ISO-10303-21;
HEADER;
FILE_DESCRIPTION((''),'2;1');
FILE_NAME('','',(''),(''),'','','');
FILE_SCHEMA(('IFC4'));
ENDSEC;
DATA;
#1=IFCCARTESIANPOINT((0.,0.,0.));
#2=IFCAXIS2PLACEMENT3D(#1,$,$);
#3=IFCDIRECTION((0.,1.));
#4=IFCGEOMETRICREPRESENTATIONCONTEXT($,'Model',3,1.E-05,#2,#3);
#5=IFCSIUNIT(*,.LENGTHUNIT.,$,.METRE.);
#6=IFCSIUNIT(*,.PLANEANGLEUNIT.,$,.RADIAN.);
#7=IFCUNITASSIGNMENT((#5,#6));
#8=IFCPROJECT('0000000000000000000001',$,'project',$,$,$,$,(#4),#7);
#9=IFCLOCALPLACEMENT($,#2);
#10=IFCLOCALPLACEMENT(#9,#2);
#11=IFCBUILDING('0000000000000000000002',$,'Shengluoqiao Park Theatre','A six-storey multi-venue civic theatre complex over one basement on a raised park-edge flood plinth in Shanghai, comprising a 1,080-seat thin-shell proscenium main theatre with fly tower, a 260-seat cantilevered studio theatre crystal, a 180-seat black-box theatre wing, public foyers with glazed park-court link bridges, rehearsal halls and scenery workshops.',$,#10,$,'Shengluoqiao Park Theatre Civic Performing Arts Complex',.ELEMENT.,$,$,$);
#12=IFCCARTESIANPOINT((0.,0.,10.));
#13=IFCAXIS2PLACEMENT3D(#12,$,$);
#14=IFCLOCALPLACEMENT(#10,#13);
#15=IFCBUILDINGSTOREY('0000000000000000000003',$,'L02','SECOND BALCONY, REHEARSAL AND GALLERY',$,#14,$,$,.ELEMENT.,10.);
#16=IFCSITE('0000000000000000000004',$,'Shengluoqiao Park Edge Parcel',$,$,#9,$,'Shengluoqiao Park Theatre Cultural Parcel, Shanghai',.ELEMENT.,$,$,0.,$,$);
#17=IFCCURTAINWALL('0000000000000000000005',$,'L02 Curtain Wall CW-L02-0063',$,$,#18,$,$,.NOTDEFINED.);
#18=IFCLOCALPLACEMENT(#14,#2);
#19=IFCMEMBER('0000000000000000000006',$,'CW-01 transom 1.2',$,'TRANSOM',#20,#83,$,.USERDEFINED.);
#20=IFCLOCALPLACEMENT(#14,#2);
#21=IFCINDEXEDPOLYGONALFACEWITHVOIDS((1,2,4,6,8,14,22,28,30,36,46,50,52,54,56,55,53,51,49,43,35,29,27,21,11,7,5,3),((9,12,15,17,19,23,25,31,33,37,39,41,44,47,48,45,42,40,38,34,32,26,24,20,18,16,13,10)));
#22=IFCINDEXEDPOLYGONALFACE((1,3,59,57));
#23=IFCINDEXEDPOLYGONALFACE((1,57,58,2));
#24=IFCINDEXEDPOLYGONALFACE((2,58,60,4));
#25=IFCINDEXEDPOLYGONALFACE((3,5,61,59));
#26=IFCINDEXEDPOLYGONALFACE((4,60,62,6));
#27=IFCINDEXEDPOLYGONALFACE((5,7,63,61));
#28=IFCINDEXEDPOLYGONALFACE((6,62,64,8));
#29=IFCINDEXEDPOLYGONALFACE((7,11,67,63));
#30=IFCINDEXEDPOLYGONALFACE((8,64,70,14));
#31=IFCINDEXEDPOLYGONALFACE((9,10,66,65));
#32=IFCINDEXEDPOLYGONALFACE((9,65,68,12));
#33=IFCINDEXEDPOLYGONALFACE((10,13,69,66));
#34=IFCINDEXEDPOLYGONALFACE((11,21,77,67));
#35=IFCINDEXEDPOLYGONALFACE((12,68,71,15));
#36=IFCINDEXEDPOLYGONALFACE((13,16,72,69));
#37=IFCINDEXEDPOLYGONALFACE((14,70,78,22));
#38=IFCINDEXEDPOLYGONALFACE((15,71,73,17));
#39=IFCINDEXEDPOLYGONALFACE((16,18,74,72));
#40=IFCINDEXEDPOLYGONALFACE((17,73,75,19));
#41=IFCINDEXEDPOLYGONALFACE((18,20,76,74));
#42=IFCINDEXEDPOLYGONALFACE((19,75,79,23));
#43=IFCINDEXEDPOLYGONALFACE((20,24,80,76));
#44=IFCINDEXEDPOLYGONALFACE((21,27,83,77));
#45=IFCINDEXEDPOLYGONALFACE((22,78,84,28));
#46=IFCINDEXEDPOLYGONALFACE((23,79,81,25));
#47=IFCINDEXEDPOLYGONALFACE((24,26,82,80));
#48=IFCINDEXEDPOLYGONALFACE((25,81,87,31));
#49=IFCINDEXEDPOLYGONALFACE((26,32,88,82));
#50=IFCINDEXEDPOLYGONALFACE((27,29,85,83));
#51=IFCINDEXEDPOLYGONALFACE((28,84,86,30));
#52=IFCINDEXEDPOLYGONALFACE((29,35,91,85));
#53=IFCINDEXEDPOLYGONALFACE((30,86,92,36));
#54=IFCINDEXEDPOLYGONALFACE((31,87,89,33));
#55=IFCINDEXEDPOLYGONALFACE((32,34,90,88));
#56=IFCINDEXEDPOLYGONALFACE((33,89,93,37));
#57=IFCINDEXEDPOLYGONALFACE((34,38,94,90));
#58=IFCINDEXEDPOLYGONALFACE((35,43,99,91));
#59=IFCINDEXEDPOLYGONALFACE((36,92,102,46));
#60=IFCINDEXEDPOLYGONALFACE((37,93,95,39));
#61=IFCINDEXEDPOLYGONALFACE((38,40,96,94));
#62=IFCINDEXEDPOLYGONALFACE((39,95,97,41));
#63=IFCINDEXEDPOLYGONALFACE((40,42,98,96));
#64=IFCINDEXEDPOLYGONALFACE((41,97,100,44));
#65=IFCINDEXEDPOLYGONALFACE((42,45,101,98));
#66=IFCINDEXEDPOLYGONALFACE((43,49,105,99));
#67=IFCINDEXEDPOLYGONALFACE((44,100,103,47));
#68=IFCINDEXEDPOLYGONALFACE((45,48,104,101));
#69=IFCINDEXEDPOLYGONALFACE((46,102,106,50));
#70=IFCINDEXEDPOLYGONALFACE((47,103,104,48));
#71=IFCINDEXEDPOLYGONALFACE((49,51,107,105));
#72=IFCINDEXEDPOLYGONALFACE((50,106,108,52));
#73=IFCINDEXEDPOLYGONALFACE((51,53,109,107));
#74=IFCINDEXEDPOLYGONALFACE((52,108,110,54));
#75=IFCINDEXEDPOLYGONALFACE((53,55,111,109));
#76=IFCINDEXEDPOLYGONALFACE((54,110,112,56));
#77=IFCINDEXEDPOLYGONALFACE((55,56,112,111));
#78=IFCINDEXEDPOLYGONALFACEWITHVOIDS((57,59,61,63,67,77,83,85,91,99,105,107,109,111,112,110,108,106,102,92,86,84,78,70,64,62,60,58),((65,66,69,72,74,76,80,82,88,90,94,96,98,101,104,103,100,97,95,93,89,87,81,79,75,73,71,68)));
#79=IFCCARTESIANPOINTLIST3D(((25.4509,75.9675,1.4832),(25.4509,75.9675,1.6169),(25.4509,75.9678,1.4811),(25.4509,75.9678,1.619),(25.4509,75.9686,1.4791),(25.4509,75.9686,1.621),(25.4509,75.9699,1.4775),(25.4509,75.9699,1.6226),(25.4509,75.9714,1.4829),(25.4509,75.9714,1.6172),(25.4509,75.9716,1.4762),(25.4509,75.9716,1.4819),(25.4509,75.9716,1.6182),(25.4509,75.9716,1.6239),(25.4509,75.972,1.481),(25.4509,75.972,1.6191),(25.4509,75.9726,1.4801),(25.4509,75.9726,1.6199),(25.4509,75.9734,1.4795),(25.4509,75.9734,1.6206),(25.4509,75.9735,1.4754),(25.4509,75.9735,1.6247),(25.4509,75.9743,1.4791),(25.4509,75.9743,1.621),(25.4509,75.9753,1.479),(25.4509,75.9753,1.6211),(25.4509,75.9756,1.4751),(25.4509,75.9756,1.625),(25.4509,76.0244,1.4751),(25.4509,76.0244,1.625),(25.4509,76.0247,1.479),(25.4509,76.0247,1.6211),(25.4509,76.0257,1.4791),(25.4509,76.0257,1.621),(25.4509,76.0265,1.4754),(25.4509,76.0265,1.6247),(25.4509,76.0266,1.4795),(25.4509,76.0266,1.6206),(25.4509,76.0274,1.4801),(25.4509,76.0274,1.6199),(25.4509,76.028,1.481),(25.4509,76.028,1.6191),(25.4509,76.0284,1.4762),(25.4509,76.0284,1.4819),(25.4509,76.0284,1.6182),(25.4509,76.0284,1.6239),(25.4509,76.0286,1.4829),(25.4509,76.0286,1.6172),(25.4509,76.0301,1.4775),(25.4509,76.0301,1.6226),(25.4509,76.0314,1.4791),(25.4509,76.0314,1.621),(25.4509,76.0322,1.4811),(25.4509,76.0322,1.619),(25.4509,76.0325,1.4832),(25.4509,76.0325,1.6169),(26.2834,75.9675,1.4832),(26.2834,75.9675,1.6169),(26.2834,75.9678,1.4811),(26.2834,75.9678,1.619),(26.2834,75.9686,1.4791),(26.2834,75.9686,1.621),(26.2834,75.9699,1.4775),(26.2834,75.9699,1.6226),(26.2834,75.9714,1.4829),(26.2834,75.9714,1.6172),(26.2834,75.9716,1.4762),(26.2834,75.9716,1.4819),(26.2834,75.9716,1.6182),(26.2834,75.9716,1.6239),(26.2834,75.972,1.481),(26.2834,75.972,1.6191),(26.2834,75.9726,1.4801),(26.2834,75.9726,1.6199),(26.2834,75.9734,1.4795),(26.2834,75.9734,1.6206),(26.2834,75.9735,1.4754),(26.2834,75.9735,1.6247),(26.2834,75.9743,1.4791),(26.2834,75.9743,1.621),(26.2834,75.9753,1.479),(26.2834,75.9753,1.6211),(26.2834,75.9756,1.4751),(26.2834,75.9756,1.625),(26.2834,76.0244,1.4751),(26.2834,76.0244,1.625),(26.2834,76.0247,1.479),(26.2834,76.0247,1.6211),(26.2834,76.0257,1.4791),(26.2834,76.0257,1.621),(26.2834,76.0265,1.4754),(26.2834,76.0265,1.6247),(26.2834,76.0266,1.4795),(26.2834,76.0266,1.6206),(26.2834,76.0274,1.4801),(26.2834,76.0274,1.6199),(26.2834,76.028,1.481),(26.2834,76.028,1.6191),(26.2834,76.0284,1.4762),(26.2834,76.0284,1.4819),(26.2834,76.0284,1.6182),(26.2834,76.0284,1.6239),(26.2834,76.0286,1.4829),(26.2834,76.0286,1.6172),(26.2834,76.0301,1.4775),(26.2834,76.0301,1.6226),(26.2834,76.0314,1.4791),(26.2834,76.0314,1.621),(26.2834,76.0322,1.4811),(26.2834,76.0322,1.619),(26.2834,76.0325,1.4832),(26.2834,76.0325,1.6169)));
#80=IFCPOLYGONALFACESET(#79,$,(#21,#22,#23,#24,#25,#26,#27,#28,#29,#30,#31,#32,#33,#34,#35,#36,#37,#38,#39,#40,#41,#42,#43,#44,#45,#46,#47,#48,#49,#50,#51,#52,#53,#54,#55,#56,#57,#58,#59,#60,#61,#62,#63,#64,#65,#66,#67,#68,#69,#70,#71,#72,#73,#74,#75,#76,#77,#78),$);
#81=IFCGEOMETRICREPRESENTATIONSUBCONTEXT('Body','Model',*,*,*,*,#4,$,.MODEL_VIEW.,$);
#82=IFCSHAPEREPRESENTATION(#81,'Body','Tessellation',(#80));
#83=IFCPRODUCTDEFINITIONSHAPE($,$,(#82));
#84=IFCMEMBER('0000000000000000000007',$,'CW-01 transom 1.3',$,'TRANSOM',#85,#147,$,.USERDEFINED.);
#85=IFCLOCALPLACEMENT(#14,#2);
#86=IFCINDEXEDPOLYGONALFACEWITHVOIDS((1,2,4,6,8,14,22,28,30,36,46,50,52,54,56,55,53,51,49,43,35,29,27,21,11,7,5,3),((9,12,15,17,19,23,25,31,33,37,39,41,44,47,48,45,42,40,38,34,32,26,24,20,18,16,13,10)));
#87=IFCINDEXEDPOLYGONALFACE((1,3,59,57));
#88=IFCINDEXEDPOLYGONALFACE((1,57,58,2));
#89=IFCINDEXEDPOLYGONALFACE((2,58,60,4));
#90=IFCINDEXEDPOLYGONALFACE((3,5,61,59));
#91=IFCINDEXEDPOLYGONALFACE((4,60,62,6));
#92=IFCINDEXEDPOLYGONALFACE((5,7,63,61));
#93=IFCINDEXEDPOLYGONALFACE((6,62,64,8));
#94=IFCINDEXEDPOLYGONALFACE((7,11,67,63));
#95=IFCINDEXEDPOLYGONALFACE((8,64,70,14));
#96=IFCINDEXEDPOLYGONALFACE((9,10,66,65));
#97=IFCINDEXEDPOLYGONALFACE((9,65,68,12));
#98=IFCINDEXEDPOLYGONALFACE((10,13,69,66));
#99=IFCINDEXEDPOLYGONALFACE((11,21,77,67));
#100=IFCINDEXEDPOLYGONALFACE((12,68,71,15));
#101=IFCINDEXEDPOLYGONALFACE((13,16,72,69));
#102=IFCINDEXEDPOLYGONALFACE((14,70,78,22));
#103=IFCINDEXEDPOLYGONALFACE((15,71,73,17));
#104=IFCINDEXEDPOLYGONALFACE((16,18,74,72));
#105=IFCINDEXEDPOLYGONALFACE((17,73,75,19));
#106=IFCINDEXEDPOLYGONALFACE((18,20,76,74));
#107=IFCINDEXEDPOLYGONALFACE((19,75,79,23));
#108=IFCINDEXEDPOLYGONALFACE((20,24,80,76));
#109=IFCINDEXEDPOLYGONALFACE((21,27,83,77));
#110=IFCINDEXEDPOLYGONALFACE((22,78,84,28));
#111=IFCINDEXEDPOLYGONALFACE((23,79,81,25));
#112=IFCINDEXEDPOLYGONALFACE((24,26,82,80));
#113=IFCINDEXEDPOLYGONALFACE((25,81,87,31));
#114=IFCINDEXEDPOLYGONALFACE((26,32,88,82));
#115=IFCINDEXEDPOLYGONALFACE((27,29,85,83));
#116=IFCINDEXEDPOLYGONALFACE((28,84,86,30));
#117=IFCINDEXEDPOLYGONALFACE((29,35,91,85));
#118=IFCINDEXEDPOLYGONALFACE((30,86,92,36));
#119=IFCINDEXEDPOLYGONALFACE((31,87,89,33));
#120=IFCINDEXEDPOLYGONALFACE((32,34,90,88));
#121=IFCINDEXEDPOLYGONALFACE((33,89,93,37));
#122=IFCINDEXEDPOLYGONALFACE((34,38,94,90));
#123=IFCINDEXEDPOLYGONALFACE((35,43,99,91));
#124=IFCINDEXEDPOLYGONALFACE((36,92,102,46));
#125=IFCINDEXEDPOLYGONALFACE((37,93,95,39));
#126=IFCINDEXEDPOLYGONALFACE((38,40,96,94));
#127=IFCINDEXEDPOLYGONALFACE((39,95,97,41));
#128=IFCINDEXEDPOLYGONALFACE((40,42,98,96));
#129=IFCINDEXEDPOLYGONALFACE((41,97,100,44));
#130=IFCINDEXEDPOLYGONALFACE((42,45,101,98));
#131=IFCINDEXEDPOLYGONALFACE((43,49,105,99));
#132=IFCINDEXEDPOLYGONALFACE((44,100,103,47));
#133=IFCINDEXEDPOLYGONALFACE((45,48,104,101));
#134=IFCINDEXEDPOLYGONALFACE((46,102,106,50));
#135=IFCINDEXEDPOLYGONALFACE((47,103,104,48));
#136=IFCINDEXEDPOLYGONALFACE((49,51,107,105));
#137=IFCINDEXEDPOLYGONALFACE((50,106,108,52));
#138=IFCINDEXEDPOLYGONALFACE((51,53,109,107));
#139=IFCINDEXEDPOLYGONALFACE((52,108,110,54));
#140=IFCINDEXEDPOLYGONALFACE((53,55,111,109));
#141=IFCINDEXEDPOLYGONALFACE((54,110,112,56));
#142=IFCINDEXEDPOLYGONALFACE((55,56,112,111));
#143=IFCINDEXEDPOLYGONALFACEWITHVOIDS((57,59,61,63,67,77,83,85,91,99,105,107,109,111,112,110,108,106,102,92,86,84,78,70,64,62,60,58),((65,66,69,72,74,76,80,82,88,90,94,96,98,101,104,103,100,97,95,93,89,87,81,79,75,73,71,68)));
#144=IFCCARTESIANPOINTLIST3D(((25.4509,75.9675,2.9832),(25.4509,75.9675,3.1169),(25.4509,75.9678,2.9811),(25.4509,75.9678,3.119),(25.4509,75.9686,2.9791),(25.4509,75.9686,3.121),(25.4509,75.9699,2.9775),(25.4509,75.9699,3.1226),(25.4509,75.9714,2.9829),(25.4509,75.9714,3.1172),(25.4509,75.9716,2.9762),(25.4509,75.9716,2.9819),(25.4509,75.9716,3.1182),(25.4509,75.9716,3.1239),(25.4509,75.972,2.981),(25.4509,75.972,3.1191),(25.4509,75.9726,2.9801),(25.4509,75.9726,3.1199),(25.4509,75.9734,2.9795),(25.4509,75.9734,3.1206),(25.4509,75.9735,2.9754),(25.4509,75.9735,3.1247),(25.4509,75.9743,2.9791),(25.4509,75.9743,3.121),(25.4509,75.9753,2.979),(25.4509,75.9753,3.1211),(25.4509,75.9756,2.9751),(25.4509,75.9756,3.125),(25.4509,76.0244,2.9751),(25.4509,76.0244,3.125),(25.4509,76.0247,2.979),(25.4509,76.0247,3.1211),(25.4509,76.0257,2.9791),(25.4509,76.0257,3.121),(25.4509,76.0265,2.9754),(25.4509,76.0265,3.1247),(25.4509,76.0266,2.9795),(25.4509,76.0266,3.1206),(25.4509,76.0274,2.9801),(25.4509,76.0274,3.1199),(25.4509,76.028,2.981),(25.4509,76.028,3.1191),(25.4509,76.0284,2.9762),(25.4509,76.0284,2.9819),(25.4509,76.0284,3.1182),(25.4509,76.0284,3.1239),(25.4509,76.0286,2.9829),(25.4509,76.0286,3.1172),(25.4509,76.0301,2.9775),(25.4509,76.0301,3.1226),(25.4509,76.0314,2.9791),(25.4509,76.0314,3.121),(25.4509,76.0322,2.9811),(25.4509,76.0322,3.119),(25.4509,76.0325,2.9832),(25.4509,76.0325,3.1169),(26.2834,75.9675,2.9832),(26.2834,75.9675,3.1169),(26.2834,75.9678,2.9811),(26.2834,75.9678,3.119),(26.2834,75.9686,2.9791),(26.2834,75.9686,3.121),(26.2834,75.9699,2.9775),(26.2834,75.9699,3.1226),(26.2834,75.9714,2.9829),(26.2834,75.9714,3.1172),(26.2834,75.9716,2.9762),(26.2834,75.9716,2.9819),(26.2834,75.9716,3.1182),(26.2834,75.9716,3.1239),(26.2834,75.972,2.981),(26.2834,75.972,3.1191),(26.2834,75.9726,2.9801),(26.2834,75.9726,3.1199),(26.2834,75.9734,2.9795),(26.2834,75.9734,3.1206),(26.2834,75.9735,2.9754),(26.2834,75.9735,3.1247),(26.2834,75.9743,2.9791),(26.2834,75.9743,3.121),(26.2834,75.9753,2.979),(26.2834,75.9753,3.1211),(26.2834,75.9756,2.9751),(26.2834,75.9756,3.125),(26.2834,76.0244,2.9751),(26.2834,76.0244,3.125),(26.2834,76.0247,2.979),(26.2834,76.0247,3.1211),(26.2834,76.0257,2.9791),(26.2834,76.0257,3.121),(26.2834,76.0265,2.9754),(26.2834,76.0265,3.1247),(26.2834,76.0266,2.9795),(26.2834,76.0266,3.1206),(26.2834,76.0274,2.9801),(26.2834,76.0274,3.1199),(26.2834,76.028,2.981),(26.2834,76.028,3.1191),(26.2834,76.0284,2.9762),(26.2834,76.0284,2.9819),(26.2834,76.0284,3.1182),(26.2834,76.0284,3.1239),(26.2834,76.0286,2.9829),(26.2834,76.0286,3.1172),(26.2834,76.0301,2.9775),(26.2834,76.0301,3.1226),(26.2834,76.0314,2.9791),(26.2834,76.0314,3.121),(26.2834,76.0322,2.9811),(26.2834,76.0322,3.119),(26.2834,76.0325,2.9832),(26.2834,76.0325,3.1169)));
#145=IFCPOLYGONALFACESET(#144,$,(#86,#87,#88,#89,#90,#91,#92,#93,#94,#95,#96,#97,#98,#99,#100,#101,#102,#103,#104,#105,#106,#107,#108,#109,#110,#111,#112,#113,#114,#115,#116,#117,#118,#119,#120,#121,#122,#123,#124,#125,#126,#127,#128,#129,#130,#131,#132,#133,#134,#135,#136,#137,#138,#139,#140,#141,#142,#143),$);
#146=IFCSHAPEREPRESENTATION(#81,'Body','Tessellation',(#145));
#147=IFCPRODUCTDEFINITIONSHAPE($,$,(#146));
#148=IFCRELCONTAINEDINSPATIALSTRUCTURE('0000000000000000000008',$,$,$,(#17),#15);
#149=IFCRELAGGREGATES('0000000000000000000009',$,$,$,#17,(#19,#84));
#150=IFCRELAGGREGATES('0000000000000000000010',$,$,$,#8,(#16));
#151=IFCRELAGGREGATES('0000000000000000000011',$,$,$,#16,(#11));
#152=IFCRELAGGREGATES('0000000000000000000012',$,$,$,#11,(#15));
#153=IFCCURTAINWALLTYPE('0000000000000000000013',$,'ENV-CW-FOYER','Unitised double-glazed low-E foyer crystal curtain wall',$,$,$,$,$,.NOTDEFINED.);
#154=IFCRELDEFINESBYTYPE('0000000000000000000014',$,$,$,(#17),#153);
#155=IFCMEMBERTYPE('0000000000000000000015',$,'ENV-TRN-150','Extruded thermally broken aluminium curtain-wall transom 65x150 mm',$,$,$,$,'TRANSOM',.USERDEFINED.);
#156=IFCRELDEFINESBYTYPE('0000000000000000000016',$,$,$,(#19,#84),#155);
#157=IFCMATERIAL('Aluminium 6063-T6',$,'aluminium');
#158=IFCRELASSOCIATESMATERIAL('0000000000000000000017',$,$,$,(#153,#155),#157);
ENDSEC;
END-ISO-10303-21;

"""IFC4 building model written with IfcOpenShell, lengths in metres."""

from ifc_helpers import new_model, si_unit, direction, frame, origin, origin_2d, place, context, subcontext, project, spatial, hollow_rectangle, extrude, material, material_profile, profile_set, type_object, element, aggregate, save


model = new_model("IFC4")

# Units and contexts
model_context = context("Model", 3, precision=1e-05, world=origin(), true_north=direction((0.0, 1.0)))
body_context = subcontext(model_context, "Body", "Model", "MODEL_VIEW")
ifc_project = project(units=[si_unit("LENGTHUNIT", "METRE"), si_unit("PLANEANGLEUNIT", "RADIAN")], contexts=[model_context])

# Site, building, storey
site_placement = place(None, origin())
site = spatial("IfcSite", under=ifc_project, at=site_placement, Name="Shengluoqiao Park Edge Parcel", LongName="Shengluoqiao Park Theatre Cultural Parcel, Shanghai", CompositionType="ELEMENT", RefElevation=0.0)
building_placement = place(site_placement, origin())
building = spatial("IfcBuilding", under=site, at=building_placement, Name="Shengluoqiao Park Theatre", Description="A six-storey multi-venue civic theatre complex over one basement on a raised park-edge flood plinth in Shanghai, comprising a 1,080-seat thin-shell proscenium main theatre with fly tower, a 260-seat cantilevered studio theatre crystal, a 180-seat black-box theatre wing, public foyers with glazed park-court link bridges, rehearsal halls and scenery workshops.", LongName="Shengluoqiao Park Theatre Civic Performing Arts Complex", CompositionType="ELEMENT")
storey_placement = place(building_placement, frame((0.0, 0.0, 10.0)))
storey = spatial("IfcBuildingStorey", under=building, at=storey_placement, Name="L02", Description="SECOND BALCONY, REHEARSAL AND GALLERY", CompositionType="ELEMENT", Elevation=10.0)

# Shared definitions
ifc_material_1 = material(Name="Aluminium 6063-T6", Category="aluminium")
curtain_wall_type = type_object("IfcCurtainWallType", Name="ENV-CW-FOYER", Description="Unitised double-glazed low-E foyer crystal curtain wall", PredefinedType="NOTDEFINED", material=ifc_material_1)

# Curtain wall
curtain_wall_1_placement = place(storey_placement, origin())
curtain_wall_1 = element("IfcCurtainWall", 1, at=curtain_wall_1_placement, inside=storey, type_object=curtain_wall_type, Name="L02 Curtain Wall CW-L02-0063", PredefinedType="NOTDEFINED")

# Members
ifc_material_profile_1 = material_profile(ifc_material_1, hollow_rectangle(XDim=0.0649, YDim=0.1499, WallThickness=0.0039, InnerFilletRadius=0.0039, OuterFilletRadius=0.0081, at=origin_2d()), Name="ALU TRANSOM 150x65x4")
ifc_profile_set_1 = profile_set([ifc_material_profile_1], Name="Aluminium 6063-T6")
member_type_1 = type_object("IfcMemberType", Name="ENV-TRN-150", Description="Extruded thermally broken aluminium curtain-wall transom 65x150 mm", ElementType="TRANSOM", PredefinedType="USERDEFINED", material=ifc_profile_set_1)
member_1_placement = place(storey_placement, frame((25.4509, 76.0, 1.55), z_axis=(1.0, 0.0, 0.0), x_axis=(0.0, 1.0, 0.0)))
member_1 = element("IfcMember", 2, at=member_1_placement, type_object=member_type_1, Name="CW-01 transom 1.2", ObjectType="TRANSOM", PredefinedType="USERDEFINED", context=body_context, shape_type="SweptSolid", body=[
    extrude(hollow_rectangle(XDim=0.0649, YDim=0.1499, WallThickness=0.0039, InnerFilletRadius=0.0039, OuterFilletRadius=0.0081, at=origin_2d()), origin(), (0.0, 0.0, 1.0), 0.8325),
])
member_2_placement = place(storey_placement, frame((25.4509, 76.0, 3.05), z_axis=(1.0, 0.0, 0.0), x_axis=(0.0, 1.0, 0.0)))
member_2 = element("IfcMember", 3, at=member_2_placement, type_object=member_type_1, Name="CW-01 transom 1.3", ObjectType="TRANSOM", PredefinedType="USERDEFINED", context=body_context, shape_type="SweptSolid", body=[
    extrude(hollow_rectangle(XDim=0.0649, YDim=0.1499, WallThickness=0.0039, InnerFilletRadius=0.0039, OuterFilletRadius=0.0081, at=origin_2d()), origin(), (0.0, 0.0, 1.0), 0.8325),
])

aggregate(curtain_wall_1, [member_1, member_2])

save(model, "model.ifc")
